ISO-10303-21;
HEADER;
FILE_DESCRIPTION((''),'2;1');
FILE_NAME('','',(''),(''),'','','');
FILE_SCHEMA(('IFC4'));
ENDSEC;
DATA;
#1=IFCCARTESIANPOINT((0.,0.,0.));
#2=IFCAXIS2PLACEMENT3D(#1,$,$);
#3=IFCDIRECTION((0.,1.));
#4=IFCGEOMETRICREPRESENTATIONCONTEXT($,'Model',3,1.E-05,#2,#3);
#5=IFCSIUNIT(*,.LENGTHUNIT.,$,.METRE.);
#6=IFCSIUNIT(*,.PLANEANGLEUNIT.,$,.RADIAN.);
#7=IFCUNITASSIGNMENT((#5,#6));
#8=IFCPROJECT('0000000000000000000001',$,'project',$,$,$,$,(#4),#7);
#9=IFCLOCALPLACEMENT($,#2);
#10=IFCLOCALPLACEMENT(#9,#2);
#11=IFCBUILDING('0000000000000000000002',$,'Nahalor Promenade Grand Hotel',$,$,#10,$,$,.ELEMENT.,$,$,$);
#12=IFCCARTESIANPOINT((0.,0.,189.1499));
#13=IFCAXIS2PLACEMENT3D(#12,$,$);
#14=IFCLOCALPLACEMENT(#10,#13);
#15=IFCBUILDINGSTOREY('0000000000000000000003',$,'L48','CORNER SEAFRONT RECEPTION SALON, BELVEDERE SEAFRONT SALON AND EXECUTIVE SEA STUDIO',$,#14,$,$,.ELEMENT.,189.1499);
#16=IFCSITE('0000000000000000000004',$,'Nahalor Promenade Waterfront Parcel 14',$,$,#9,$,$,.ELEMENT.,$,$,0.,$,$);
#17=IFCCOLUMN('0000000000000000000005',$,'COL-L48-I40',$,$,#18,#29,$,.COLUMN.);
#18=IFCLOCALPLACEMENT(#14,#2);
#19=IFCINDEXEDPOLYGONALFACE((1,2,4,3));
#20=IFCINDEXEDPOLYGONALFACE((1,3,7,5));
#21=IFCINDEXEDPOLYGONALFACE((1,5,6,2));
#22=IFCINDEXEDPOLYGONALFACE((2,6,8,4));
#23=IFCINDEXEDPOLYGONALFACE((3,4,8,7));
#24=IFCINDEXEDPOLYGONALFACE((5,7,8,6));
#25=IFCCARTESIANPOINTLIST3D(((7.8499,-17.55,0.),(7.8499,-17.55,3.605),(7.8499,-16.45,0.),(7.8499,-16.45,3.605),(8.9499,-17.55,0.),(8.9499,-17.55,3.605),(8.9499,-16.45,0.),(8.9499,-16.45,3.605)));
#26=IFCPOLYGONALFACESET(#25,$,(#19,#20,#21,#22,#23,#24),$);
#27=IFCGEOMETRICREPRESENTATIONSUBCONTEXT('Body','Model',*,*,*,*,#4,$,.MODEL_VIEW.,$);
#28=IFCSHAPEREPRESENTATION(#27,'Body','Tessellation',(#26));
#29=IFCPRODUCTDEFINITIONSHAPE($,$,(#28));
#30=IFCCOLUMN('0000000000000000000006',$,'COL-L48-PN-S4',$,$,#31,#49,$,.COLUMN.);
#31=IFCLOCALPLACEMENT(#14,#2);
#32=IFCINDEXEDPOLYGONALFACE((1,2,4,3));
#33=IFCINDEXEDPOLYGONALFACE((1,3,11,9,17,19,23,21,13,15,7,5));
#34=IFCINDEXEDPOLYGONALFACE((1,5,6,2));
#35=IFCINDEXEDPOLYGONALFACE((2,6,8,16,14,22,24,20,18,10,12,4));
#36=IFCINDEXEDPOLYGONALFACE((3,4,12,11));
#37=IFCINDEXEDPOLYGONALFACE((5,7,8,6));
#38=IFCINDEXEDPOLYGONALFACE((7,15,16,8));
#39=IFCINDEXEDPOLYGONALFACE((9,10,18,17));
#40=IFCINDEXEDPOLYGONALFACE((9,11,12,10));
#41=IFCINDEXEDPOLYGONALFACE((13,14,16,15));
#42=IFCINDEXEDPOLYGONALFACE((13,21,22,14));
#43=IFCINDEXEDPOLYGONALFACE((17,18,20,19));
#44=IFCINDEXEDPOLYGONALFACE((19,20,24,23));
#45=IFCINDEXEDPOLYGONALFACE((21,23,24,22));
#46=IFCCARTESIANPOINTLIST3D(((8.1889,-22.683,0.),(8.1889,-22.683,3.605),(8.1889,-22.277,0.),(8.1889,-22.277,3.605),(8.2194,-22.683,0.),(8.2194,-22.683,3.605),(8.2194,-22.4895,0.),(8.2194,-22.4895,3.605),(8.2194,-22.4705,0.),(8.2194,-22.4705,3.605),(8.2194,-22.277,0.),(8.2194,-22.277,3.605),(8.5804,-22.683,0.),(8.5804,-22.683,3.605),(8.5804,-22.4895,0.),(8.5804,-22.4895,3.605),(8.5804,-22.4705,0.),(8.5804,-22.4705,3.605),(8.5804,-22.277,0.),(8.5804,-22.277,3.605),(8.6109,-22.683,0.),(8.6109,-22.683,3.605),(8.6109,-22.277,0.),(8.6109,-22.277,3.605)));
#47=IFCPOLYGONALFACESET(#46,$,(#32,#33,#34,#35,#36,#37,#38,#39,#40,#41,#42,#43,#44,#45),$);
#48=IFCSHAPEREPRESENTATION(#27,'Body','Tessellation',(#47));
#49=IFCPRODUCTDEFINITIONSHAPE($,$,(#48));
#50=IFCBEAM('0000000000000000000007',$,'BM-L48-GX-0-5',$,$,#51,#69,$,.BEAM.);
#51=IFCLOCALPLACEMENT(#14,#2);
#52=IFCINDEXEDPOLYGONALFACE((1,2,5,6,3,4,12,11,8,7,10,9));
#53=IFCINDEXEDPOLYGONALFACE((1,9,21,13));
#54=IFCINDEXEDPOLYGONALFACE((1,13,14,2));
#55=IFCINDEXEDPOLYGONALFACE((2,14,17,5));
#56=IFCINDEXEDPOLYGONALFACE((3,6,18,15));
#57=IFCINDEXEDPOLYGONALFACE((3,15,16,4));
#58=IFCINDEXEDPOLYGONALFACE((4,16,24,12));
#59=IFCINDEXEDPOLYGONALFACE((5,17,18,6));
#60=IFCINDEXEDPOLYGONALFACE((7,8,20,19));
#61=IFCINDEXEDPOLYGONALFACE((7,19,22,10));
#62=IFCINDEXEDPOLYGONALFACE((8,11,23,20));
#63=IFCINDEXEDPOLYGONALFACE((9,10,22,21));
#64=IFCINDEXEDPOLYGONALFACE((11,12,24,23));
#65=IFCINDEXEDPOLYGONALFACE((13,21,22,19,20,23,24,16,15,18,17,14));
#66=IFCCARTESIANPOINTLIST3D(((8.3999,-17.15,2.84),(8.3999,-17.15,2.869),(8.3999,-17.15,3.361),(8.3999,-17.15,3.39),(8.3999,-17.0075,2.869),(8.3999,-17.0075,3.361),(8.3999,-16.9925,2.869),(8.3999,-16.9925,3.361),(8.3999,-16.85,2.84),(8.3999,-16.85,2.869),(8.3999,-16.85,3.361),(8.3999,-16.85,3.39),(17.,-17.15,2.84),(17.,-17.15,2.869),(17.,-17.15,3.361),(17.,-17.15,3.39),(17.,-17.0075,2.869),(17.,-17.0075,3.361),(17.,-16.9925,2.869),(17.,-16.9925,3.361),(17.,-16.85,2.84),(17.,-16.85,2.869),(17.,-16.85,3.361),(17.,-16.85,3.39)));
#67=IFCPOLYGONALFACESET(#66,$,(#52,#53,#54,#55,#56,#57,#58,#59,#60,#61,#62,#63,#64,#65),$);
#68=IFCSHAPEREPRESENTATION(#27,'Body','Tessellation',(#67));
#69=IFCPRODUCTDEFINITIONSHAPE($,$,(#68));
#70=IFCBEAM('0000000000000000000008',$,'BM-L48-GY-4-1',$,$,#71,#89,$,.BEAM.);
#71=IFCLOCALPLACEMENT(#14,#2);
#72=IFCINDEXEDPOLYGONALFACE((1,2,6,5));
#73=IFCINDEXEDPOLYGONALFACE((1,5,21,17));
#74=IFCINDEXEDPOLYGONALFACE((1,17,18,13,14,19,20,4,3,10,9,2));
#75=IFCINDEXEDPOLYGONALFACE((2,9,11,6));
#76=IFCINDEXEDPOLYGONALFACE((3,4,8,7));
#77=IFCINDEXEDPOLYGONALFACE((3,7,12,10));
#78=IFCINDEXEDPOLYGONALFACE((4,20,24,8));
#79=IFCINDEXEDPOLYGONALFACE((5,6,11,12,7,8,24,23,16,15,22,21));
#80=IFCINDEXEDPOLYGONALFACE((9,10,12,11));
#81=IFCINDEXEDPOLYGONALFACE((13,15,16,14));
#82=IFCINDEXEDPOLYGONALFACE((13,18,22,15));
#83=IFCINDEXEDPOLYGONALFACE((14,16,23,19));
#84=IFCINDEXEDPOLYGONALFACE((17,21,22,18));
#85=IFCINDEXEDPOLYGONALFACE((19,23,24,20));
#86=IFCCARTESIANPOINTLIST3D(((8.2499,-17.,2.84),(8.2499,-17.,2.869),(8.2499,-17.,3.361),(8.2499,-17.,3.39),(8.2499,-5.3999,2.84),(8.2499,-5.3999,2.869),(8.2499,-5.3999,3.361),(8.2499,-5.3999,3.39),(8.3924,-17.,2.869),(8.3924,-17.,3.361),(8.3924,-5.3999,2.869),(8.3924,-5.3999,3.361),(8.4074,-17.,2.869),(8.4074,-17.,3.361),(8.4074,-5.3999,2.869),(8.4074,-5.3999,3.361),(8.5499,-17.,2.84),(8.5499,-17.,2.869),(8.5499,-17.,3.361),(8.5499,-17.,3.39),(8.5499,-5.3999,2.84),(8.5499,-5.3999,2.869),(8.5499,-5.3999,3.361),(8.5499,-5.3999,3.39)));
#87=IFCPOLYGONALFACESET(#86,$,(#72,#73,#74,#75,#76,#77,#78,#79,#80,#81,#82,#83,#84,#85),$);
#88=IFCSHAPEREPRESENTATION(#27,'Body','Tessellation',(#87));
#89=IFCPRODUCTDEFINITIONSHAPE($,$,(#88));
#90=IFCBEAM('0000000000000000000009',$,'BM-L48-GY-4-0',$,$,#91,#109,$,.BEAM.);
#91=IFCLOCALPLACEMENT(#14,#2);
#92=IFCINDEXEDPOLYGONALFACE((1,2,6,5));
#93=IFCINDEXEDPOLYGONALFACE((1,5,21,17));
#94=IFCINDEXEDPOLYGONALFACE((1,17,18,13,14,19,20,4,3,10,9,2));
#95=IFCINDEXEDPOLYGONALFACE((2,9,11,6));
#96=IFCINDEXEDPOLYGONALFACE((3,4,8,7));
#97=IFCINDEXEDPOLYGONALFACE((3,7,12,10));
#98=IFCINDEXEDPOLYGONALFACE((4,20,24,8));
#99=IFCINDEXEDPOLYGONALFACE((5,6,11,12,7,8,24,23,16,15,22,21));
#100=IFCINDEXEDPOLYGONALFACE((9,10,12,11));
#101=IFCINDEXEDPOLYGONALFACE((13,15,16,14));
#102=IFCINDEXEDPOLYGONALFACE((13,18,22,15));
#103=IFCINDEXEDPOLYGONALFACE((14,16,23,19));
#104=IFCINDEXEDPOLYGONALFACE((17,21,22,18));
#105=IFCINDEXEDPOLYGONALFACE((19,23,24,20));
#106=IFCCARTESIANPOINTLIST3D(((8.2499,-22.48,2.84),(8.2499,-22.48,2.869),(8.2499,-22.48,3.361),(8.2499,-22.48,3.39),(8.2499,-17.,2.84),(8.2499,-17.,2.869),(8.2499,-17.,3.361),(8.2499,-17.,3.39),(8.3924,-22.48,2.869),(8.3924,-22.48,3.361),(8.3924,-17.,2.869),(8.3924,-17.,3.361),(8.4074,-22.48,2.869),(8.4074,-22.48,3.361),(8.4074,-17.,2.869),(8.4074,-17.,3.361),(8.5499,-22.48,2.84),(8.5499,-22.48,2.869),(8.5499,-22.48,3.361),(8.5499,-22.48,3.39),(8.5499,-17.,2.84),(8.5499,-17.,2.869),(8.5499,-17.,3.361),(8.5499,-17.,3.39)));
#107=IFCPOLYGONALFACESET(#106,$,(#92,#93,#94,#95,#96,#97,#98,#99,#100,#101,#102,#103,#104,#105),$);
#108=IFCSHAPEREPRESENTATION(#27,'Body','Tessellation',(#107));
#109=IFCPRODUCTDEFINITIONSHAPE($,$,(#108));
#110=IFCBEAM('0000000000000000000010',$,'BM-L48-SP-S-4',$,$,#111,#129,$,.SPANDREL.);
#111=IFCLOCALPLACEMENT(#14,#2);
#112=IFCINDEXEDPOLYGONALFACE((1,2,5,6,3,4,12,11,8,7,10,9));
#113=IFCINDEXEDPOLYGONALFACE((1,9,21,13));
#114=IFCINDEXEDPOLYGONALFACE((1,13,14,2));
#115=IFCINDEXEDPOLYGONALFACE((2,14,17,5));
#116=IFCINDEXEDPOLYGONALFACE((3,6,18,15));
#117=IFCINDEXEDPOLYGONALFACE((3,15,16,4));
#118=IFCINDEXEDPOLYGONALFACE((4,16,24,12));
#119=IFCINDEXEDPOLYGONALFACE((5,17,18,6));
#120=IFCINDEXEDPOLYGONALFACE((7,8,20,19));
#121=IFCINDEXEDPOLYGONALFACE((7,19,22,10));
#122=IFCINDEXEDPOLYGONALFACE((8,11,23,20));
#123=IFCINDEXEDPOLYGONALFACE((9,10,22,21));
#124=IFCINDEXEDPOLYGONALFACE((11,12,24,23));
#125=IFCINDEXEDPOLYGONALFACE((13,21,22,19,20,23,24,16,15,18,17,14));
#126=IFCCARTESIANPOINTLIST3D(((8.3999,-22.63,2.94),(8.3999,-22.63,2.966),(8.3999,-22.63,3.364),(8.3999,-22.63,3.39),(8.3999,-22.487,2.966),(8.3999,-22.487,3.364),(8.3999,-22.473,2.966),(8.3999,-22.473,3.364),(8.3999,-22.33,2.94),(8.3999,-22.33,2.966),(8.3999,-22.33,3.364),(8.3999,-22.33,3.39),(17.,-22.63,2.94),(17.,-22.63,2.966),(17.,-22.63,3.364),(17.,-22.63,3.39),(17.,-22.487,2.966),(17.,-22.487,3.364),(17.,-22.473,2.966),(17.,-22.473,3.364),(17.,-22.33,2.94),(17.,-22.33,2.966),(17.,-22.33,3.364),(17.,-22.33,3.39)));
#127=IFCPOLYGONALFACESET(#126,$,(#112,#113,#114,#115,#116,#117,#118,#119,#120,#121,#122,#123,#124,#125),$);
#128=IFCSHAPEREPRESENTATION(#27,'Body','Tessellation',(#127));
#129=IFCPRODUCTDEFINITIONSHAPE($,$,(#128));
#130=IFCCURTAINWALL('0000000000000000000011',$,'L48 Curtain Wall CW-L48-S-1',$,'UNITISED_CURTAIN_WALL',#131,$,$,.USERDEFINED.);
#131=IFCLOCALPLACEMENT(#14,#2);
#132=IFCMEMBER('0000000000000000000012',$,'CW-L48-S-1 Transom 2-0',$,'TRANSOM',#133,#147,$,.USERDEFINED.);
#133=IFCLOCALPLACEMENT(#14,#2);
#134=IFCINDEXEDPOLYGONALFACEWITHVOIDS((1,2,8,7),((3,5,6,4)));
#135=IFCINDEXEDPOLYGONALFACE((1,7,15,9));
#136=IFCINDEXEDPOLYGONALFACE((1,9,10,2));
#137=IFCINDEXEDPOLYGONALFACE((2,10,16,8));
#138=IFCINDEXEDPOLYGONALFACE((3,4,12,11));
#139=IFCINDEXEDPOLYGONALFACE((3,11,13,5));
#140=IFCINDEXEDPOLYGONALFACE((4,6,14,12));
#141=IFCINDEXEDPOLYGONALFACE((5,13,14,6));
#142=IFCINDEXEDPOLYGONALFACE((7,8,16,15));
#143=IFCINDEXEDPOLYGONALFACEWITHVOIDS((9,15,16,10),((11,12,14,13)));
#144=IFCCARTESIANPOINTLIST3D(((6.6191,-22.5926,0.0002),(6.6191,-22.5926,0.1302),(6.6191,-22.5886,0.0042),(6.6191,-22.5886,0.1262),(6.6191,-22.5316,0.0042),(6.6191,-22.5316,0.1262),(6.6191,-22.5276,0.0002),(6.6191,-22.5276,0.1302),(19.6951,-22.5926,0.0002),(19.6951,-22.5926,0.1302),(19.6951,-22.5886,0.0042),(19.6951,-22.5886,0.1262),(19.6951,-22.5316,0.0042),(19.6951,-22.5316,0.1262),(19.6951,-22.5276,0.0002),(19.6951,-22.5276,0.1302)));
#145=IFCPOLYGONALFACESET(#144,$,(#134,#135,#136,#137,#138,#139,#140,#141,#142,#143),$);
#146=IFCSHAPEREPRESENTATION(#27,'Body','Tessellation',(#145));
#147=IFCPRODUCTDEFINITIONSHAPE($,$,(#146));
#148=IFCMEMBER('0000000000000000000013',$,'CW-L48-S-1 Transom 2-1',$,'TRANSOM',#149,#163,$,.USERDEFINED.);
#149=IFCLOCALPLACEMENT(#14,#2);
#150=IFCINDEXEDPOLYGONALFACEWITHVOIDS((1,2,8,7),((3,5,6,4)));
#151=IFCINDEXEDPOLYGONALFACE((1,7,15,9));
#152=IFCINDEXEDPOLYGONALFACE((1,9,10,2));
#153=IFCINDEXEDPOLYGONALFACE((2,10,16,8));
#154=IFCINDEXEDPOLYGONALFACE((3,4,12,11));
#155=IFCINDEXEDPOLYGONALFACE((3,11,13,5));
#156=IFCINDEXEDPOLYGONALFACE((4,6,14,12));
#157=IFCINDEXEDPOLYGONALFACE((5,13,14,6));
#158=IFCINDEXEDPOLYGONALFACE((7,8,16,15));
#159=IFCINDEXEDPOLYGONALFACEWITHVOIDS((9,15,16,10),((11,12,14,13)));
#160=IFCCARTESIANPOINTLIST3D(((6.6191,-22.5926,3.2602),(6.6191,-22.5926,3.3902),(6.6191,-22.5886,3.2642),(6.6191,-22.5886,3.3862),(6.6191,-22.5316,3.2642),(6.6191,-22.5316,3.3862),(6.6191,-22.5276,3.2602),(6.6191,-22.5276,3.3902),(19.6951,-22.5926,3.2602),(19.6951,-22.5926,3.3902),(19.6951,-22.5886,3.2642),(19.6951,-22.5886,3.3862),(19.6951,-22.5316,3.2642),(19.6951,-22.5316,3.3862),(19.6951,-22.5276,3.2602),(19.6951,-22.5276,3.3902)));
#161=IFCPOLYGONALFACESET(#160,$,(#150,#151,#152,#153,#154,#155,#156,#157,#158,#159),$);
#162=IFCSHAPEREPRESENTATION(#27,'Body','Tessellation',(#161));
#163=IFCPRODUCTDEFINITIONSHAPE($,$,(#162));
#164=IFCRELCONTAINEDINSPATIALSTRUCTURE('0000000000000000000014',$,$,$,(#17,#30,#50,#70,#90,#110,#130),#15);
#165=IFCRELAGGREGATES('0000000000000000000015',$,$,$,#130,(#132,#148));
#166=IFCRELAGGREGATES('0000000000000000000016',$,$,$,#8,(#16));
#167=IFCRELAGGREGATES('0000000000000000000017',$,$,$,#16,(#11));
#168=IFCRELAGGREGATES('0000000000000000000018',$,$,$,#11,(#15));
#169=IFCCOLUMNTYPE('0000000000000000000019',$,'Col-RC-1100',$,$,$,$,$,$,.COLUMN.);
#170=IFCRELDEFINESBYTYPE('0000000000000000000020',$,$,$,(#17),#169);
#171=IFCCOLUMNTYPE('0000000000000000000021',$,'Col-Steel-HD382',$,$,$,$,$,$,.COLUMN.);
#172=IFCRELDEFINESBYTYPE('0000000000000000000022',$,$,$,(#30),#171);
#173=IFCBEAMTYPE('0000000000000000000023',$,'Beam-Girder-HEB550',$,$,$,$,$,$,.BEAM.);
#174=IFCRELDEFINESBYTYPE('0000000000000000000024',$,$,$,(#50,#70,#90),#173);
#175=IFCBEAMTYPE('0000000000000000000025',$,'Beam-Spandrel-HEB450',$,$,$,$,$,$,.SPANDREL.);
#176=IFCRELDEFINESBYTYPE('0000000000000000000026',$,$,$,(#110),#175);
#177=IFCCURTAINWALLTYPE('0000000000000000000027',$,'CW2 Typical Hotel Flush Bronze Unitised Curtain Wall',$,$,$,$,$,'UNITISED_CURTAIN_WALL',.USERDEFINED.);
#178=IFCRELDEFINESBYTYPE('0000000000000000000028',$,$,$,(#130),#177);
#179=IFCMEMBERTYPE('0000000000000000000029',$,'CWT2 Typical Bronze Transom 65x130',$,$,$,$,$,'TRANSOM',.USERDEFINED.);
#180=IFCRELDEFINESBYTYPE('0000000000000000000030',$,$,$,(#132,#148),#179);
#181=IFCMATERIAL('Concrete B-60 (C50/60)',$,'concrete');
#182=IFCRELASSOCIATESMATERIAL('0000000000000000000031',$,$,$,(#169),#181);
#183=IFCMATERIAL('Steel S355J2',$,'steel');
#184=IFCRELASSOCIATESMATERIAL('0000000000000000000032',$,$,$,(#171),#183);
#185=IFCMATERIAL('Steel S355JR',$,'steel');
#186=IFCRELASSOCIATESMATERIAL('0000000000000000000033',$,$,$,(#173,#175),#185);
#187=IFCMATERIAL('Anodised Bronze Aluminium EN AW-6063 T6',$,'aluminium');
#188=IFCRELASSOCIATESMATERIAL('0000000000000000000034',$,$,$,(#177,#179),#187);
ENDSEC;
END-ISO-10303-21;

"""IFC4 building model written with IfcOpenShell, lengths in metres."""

from ifc_helpers import new_model, si_unit, direction, frame, origin, origin_2d, place, context, subcontext, project, spatial, rectangle, hollow_rectangle, i_section, extrude, source, transform, mapped, material, material_profile, profile_set, type_object, element, aggregate, save


model = new_model("IFC4")

# Units and contexts
model_context = context("Model", 3, precision=1e-05, world=origin(), true_north=direction((0.0, 1.0)))
body_context = subcontext(model_context, "Body", "Model", "MODEL_VIEW")
ifc_project = project(units=[si_unit("LENGTHUNIT", "METRE"), si_unit("PLANEANGLEUNIT", "RADIAN")], contexts=[model_context])

# Site, building, storey
site_placement = place(None, origin())
site = spatial("IfcSite", under=ifc_project, at=site_placement, Name="Nahalor Promenade Waterfront Parcel 14", CompositionType="ELEMENT", RefElevation=0.0)
building_placement = place(site_placement, origin())
building = spatial("IfcBuilding", under=site, at=building_placement, Name="Nahalor Promenade Grand Hotel", CompositionType="ELEMENT")
storey_placement = place(building_placement, frame((0.0, 0.0, 189.1499)))
storey = spatial("IfcBuildingStorey", under=building, at=storey_placement, Name="L48", Description="CORNER SEAFRONT RECEPTION SALON, BELVEDERE SEAFRONT SALON AND EXECUTIVE SEA STUDIO", CompositionType="ELEMENT", Elevation=189.1499)

# Columns
ifc_material_1 = material(Name="Concrete B-60 (C50/60)", Category="concrete")
ifc_material_profile_1 = material_profile(ifc_material_1, rectangle(XDim=1.1, YDim=1.1, at=origin_2d()), Name="RC 1100x1100")
ifc_profile_set_1 = profile_set([ifc_material_profile_1], Name="Concrete B-60 (C50/60)")
column_type_1 = type_object("IfcColumnType", Name="Col-RC-1100", PredefinedType="COLUMN", material=ifc_profile_set_1)
shared_shape_1 = source(origin(), body_context, "Body", "SweptSolid", [
    extrude(rectangle(XDim=1.1, YDim=1.1, at=origin_2d()), origin(), (0.0, 0.0, 1.0), 3.605),
])
column_1_placement = place(storey_placement, frame((8.3999, -17.0, 0.0), z_axis=(0.0, 0.0, 1.0), x_axis=(1.0, 0.0, 0.0)))
element("IfcColumn", 1, at=column_1_placement, inside=storey, type_object=column_type_1, Name="COL-L48-I40", PredefinedType="COLUMN", context=body_context, shape_type="MappedRepresentation", body=[
    mapped(shared_shape_1, transform((0.0, 0.0, 0.0), scale=1.0)),
])
ifc_material_2 = material(Name="Steel S355J2", Category="steel")
ifc_material_profile_2 = material_profile(ifc_material_2, i_section(OverallWidth=0.406, OverallDepth=0.422, WebThickness=0.019, FlangeThickness=0.0305, at=origin_2d()), Name="HD 400x382")
ifc_profile_set_2 = profile_set([ifc_material_profile_2], Name="Steel S355J2")
column_type_2 = type_object("IfcColumnType", Name="Col-Steel-HD382", PredefinedType="COLUMN", material=ifc_profile_set_2)
shared_shape_2 = source(origin(), body_context, "Body", "SweptSolid", [
    extrude(i_section(OverallWidth=0.406, OverallDepth=0.422, WebThickness=0.019, FlangeThickness=0.0305, at=origin_2d()), origin(), (0.0, 0.0, 1.0), 3.605),
])
column_2_placement = place(storey_placement, frame((8.3999, -22.48, 0.0), z_axis=(0.0, 0.0, 1.0), x_axis=(0.0, 1.0, 0.0)))
element("IfcColumn", 2, at=column_2_placement, inside=storey, type_object=column_type_2, Name="COL-L48-PN-S4", PredefinedType="COLUMN", context=body_context, shape_type="MappedRepresentation", body=[
    mapped(shared_shape_2, transform((0.0, 0.0, 0.0), scale=1.0)),
])

# Beams
ifc_material_3 = material(Name="Steel S355JR", Category="steel")
ifc_material_profile_3 = material_profile(ifc_material_3, i_section(OverallWidth=0.3, OverallDepth=0.55, WebThickness=0.015, FlangeThickness=0.029, at=origin_2d()), Name="HEB 550")
ifc_profile_set_3 = profile_set([ifc_material_profile_3], Name="Steel S355JR")
beam_type_1 = type_object("IfcBeamType", Name="Beam-Girder-HEB550", PredefinedType="BEAM", material=ifc_profile_set_3)
shared_shape_3 = source(origin(), body_context, "Body", "SweptSolid", [
    extrude(i_section(OverallWidth=0.3, OverallDepth=0.55, WebThickness=0.015, FlangeThickness=0.029, at=origin_2d()), origin(), (0.0, 0.0, 1.0), 8.6001),
])
beam_1_placement = place(storey_placement, frame((8.3999, -17.0, 3.115), z_axis=(1.0, 0.0, 0.0), x_axis=(0.0, 1.0, 0.0)))
element("IfcBeam", 3, at=beam_1_placement, inside=storey, type_object=beam_type_1, Name="BM-L48-GX-0-5", PredefinedType="BEAM", context=body_context, shape_type="MappedRepresentation", body=[
    mapped(shared_shape_3, transform((0.0, 0.0, 0.0), scale=1.0)),
])
shared_shape_4 = source(origin(), body_context, "Body", "SweptSolid", [
    extrude(i_section(OverallWidth=0.3, OverallDepth=0.55, WebThickness=0.015, FlangeThickness=0.029, at=origin_2d()), origin(), (0.0, 0.0, 1.0), 11.6001),
])
beam_2_placement = place(storey_placement, frame((8.3999, -17.0, 3.115), z_axis=(0.0, 1.0, 0.0), x_axis=(-1.0, 0.0, 0.0)))
element("IfcBeam", 4, at=beam_2_placement, inside=storey, type_object=beam_type_1, Name="BM-L48-GY-4-1", PredefinedType="BEAM", context=body_context, shape_type="MappedRepresentation", body=[
    mapped(shared_shape_4, transform((0.0, 0.0, 0.0), scale=1.0)),
])
shared_shape_5 = source(origin(), body_context, "Body", "SweptSolid", [
    extrude(i_section(OverallWidth=0.3, OverallDepth=0.55, WebThickness=0.015, FlangeThickness=0.029, at=origin_2d()), origin(), (0.0, 0.0, 1.0), 5.48),
])
beam_3_placement = place(storey_placement, frame((8.3999, -22.48, 3.115), z_axis=(0.0, 1.0, 0.0), x_axis=(-1.0, 0.0, 0.0)))
element("IfcBeam", 5, at=beam_3_placement, inside=storey, type_object=beam_type_1, Name="BM-L48-GY-4-0", PredefinedType="BEAM", context=body_context, shape_type="MappedRepresentation", body=[
    mapped(shared_shape_5, transform((0.0, 0.0, 0.0), scale=1.0)),
])
ifc_material_profile_4 = material_profile(ifc_material_3, i_section(OverallWidth=0.3, OverallDepth=0.45, WebThickness=0.014, FlangeThickness=0.026, at=origin_2d()), Name="HEB 450")
ifc_profile_set_4 = profile_set([ifc_material_profile_4], Name="Steel S355JR")
beam_type_2 = type_object("IfcBeamType", Name="Beam-Spandrel-HEB450", PredefinedType="SPANDREL", material=ifc_profile_set_4)
shared_shape_6 = source(origin(), body_context, "Body", "SweptSolid", [
    extrude(i_section(OverallWidth=0.3, OverallDepth=0.45, WebThickness=0.014, FlangeThickness=0.026, at=origin_2d()), origin(), (0.0, 0.0, 1.0), 8.6001),
])
beam_4_placement = place(storey_placement, frame((8.3999, -22.48, 3.165), z_axis=(1.0, 0.0, 0.0), x_axis=(0.0, 1.0, 0.0)))
element("IfcBeam", 6, at=beam_4_placement, inside=storey, type_object=beam_type_2, Name="BM-L48-SP-S-4", PredefinedType="SPANDREL", context=body_context, shape_type="MappedRepresentation", body=[
    mapped(shared_shape_6, transform((0.0, 0.0, 0.0), scale=1.0)),
])

# Curtain wall, members
ifc_material_4 = material(Name="Anodised Bronze Aluminium EN AW-6063 T6", Category="aluminium")
curtain_wall_type = type_object("IfcCurtainWallType", Name="CW2 Typical Hotel Flush Bronze Unitised Curtain Wall", ElementType="UNITISED_CURTAIN_WALL", PredefinedType="USERDEFINED", material=ifc_material_4)
curtain_wall_placement = place(storey_placement, origin())
curtain_wall = element("IfcCurtainWall", 7, at=curtain_wall_placement, inside=storey, type_object=curtain_wall_type, Name="L48 Curtain Wall CW-L48-S-1", ObjectType="UNITISED_CURTAIN_WALL", PredefinedType="USERDEFINED")
ifc_material_profile_5 = material_profile(ifc_material_4, hollow_rectangle(XDim=0.065, YDim=0.13, WallThickness=0.004, at=origin_2d()), Name="CWT 65x130x4")
ifc_profile_set_5 = profile_set([ifc_material_profile_5], Name="Anodised Bronze Aluminium EN AW-6063 T6")
member_type_1 = type_object("IfcMemberType", Name="CWT2 Typical Bronze Transom 65x130", ElementType="TRANSOM", PredefinedType="USERDEFINED", material=ifc_profile_set_5)
shared_shape_7 = source(origin(), body_context, "Body", "SweptSolid", [
    extrude(hollow_rectangle(XDim=0.065, YDim=0.13, WallThickness=0.004, at=origin_2d()), origin(), (0.0, 0.0, 1.0), 13.0759),
])
member_1_placement = place(storey_placement, frame((6.6191, -22.5601, 0.0652), z_axis=(1.0, 0.0, 0.0), x_axis=(0.0, 1.0, 0.0)))
member_1 = element("IfcMember", 8, at=member_1_placement, type_object=member_type_1, Name="CW-L48-S-1 Transom 2-0", ObjectType="TRANSOM", PredefinedType="USERDEFINED", context=body_context, shape_type="MappedRepresentation", body=[
    mapped(shared_shape_7, transform((0.0, 0.0, 0.0), scale=1.0)),
])
member_2_placement = place(storey_placement, frame((6.6191, -22.5601, 3.3252), z_axis=(1.0, 0.0, 0.0), x_axis=(0.0, 1.0, 0.0)))
member_2 = element("IfcMember", 9, at=member_2_placement, type_object=member_type_1, Name="CW-L48-S-1 Transom 2-1", ObjectType="TRANSOM", PredefinedType="USERDEFINED", context=body_context, shape_type="MappedRepresentation", body=[
    mapped(shared_shape_7, transform((0.0, 0.0, 0.0), scale=1.0)),
])
aggregate(curtain_wall, [member_1, member_2])

save(model, "model.ifc")
